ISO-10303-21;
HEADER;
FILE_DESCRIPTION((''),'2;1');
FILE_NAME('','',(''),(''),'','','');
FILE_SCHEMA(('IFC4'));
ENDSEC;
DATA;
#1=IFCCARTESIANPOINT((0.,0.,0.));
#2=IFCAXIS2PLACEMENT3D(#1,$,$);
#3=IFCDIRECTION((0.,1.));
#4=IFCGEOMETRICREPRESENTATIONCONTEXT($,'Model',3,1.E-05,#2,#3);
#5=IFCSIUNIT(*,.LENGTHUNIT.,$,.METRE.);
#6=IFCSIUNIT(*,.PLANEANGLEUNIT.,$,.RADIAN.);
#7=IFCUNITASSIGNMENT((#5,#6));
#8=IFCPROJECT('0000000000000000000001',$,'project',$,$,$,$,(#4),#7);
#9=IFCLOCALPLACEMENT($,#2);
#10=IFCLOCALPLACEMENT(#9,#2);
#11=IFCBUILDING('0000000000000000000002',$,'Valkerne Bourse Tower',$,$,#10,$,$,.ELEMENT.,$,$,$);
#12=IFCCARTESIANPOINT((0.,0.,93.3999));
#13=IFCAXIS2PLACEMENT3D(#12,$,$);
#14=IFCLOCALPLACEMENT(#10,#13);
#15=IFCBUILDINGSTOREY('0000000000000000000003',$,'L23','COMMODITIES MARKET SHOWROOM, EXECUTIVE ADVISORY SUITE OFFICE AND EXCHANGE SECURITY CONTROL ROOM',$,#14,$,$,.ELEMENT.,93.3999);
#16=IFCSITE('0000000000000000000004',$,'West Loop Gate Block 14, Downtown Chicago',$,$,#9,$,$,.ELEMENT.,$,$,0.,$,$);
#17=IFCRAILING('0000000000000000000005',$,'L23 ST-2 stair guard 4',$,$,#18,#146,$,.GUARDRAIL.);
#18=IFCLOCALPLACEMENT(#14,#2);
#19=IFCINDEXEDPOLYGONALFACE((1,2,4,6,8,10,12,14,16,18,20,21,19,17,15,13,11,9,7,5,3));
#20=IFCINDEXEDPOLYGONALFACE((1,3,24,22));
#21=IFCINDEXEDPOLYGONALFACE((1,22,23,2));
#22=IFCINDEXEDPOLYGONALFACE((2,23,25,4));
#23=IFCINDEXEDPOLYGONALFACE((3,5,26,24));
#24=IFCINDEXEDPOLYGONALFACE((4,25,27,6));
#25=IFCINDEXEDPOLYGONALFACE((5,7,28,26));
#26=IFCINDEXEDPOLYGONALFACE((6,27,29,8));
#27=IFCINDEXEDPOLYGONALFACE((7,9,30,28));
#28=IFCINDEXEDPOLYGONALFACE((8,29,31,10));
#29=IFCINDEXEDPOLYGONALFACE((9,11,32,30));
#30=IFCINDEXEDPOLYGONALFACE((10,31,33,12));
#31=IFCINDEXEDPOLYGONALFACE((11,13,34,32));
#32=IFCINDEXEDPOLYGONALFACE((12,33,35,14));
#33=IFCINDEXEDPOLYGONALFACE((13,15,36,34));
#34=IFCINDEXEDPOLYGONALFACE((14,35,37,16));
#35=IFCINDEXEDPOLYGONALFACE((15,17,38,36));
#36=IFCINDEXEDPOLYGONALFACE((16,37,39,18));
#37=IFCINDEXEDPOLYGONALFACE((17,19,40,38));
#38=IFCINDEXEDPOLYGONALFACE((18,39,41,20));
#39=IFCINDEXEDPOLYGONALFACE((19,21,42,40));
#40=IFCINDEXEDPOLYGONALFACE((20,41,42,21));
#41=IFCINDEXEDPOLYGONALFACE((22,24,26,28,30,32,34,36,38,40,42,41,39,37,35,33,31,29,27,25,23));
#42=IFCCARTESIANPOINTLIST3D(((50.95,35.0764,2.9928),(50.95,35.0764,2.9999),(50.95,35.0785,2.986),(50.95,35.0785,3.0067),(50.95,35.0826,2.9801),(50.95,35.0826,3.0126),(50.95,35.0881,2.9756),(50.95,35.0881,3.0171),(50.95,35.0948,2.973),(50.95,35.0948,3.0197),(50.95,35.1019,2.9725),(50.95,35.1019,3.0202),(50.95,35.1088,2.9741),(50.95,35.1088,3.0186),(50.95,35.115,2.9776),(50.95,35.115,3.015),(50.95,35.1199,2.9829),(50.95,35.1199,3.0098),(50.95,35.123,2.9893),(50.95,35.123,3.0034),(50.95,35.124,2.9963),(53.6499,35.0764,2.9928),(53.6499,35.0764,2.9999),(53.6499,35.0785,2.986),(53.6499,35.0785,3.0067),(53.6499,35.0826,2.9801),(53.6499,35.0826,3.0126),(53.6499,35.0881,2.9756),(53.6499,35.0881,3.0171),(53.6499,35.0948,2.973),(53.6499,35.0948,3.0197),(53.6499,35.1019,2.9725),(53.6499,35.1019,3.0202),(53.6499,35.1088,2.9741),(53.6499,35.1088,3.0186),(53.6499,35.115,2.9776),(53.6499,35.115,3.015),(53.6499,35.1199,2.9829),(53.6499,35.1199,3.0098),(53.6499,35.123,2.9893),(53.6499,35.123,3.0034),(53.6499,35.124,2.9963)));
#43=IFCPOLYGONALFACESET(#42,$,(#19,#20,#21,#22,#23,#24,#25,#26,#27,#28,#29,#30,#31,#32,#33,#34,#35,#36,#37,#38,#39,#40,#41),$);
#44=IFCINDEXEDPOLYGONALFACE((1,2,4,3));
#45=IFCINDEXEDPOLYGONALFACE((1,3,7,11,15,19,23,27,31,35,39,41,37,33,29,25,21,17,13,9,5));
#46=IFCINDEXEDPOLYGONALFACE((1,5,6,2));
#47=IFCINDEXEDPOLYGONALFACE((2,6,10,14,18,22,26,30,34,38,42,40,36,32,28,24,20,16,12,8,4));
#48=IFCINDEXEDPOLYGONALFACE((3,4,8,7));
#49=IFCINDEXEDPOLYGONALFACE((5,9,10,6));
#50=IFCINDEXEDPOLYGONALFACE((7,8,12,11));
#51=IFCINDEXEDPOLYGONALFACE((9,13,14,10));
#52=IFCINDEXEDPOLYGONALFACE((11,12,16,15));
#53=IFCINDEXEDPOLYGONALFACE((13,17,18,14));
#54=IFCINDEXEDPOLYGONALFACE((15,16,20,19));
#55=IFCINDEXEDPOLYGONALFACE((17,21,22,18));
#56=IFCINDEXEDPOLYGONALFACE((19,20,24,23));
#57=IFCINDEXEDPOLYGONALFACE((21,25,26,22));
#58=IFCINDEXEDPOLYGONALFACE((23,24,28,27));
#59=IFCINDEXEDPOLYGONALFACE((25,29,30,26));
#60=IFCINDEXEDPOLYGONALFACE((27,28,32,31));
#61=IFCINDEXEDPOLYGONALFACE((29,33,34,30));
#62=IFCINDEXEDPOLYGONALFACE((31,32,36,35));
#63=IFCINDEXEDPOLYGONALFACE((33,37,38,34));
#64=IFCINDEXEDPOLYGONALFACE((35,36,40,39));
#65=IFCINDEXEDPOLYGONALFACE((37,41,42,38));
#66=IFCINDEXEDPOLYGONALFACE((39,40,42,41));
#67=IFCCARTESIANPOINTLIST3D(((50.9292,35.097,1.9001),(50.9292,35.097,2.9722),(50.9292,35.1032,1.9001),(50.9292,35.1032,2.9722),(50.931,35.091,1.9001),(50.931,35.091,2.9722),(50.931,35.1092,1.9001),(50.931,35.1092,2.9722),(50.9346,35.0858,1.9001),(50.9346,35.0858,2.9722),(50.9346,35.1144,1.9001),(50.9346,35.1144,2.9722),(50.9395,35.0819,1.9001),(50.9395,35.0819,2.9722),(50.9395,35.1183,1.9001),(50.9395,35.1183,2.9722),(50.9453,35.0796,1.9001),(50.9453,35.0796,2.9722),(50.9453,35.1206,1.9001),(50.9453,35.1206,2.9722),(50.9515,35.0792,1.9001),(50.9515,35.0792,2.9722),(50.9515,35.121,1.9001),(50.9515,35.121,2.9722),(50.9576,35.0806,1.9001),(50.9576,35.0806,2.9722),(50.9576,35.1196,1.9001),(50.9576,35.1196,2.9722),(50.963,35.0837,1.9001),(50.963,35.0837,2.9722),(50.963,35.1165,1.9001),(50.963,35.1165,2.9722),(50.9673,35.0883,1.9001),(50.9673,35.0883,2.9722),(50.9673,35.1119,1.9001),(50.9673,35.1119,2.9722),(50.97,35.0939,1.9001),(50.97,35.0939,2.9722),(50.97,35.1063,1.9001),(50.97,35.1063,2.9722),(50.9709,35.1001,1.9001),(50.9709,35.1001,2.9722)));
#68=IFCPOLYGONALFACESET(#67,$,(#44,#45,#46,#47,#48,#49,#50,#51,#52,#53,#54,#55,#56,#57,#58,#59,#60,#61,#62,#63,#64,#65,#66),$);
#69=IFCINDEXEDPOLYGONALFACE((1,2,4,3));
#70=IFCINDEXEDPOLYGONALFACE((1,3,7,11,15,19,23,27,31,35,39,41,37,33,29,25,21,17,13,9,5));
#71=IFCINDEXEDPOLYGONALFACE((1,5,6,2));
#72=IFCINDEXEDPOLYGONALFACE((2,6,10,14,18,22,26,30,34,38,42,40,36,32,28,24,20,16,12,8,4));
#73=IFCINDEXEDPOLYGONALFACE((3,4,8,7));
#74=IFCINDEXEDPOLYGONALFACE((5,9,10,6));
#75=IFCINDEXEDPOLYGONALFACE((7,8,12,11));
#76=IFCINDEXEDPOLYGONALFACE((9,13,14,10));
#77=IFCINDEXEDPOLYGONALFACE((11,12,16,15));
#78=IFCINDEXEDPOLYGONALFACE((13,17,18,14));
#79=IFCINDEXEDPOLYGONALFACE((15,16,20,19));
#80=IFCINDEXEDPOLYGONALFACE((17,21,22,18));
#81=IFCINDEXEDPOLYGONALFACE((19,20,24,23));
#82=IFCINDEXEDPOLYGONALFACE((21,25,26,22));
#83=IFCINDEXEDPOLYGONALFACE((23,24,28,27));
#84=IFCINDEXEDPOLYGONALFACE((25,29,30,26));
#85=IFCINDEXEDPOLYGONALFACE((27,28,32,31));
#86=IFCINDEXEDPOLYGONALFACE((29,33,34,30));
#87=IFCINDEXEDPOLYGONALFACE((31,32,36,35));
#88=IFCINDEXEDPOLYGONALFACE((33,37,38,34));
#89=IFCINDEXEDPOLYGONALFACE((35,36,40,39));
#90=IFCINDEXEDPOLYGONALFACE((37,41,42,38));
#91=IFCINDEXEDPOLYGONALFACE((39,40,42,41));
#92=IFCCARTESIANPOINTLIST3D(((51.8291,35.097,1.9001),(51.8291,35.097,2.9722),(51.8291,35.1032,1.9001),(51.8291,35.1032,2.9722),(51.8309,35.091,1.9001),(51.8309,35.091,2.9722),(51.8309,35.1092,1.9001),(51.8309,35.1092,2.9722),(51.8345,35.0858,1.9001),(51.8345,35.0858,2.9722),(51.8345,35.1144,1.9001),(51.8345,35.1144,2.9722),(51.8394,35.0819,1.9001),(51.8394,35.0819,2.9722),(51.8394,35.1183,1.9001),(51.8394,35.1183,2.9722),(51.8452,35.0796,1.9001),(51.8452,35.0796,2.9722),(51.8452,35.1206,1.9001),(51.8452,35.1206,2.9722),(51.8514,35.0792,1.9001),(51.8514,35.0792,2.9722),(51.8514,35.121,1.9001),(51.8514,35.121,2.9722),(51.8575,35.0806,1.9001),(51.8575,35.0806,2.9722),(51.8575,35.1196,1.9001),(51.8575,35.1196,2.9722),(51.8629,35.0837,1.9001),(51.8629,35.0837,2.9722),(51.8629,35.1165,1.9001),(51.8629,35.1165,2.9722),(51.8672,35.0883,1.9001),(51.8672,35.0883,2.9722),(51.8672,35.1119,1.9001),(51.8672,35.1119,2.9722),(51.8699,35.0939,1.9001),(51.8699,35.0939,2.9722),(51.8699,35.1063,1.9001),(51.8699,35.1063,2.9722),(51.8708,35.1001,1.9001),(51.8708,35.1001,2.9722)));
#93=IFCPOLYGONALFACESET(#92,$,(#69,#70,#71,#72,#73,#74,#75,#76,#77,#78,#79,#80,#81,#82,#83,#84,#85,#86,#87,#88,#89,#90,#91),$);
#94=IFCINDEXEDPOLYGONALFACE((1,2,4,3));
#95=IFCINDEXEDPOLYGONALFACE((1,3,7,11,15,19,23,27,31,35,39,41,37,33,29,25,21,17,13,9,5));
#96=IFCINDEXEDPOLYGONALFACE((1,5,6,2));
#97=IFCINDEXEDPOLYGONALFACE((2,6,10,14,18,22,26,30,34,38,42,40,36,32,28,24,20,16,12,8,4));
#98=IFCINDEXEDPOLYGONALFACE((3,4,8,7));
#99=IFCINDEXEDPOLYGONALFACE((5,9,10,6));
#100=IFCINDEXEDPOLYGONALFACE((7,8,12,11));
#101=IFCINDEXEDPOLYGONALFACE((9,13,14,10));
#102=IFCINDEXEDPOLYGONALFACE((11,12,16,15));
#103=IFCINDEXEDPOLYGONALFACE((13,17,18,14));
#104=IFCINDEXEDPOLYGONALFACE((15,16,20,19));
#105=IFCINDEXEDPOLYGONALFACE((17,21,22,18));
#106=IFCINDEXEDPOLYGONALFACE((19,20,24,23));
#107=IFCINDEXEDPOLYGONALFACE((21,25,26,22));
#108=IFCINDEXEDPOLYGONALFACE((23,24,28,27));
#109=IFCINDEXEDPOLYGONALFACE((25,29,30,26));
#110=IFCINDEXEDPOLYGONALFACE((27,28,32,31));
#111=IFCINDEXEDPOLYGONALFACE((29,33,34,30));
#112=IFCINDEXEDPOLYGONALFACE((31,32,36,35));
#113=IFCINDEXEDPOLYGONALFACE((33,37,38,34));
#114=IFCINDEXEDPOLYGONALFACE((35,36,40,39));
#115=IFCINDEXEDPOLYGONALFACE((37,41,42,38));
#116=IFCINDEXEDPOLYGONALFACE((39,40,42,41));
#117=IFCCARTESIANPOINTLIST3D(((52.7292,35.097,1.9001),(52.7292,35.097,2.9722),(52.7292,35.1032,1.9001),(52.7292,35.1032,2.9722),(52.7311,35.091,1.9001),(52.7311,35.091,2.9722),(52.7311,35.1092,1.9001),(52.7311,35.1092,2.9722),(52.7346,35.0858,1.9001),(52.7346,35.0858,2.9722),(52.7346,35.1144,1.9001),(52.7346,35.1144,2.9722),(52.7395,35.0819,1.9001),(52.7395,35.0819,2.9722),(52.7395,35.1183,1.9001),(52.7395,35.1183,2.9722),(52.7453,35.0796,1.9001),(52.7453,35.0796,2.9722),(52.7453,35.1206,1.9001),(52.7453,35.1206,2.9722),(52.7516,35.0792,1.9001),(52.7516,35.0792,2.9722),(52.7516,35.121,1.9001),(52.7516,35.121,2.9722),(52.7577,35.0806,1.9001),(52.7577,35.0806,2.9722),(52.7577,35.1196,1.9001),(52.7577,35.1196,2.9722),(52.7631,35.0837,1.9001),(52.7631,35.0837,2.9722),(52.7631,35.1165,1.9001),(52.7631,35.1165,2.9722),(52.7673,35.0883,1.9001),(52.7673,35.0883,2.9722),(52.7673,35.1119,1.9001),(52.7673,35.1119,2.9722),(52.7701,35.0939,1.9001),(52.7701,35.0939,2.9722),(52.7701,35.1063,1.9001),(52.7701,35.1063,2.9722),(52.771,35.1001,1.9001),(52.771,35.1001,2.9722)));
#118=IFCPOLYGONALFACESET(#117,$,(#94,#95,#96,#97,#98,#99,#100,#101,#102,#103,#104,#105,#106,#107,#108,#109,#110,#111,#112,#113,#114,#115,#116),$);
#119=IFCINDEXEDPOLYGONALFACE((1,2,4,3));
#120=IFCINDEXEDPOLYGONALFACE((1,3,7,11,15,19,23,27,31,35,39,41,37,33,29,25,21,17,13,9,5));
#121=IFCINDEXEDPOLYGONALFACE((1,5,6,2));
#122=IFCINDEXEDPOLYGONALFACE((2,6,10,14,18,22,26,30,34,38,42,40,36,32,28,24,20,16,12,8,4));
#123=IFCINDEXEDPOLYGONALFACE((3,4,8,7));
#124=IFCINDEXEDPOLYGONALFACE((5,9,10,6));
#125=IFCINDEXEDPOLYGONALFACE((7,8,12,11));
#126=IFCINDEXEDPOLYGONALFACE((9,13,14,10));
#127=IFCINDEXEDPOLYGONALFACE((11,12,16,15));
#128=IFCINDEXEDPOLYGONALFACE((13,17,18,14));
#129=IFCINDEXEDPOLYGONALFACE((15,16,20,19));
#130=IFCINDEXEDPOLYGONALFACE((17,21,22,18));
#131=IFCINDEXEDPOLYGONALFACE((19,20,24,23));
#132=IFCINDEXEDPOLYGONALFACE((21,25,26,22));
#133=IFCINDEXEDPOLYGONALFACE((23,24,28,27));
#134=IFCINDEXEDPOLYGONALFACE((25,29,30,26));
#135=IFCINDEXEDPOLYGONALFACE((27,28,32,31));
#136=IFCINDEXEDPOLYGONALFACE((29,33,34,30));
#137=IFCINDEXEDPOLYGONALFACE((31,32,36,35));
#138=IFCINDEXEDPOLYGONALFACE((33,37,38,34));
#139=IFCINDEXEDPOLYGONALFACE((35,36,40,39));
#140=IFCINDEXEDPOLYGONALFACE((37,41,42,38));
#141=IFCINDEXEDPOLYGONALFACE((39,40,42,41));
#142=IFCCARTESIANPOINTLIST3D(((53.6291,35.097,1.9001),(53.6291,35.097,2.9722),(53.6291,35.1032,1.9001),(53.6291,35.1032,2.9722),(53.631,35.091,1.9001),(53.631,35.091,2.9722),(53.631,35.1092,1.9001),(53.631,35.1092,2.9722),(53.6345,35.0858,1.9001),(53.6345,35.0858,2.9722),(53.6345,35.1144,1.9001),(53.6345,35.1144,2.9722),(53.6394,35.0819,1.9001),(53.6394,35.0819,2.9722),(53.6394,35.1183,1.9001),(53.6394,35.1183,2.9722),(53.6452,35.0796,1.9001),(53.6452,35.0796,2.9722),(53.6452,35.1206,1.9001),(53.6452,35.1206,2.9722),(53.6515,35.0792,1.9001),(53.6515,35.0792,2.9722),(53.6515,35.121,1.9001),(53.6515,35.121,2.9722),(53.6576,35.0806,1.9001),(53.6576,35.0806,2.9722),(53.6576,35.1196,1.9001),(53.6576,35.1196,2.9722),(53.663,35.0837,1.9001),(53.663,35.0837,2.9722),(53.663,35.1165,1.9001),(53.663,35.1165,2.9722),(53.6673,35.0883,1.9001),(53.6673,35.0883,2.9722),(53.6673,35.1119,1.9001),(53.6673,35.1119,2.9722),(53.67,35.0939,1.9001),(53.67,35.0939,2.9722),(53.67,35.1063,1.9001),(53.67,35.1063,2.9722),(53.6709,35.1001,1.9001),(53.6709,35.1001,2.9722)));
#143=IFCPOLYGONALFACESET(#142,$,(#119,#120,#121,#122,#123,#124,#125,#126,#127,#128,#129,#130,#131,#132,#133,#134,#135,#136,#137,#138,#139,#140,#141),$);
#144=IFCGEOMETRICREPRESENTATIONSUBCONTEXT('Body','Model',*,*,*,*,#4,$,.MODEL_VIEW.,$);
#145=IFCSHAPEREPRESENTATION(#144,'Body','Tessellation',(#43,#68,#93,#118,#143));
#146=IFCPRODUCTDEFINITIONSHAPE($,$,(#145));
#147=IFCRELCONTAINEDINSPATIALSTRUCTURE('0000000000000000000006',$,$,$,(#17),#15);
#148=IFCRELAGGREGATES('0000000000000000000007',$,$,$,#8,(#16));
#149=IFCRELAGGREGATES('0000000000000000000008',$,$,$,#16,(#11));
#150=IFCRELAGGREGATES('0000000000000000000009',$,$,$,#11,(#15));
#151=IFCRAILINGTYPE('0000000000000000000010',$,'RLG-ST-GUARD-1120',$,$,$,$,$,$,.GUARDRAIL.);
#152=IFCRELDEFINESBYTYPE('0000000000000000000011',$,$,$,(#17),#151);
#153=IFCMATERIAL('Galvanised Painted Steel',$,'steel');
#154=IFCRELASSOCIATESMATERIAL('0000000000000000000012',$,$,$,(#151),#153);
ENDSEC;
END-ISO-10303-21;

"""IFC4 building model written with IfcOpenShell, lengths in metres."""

from ifc_helpers import new_model, si_unit, direction, frame, origin, origin_2d, place, context, subcontext, project, spatial, circle, extrude, material, type_object, element, save


model = new_model("IFC4")

# Units and contexts
model_context = context("Model", 3, precision=1e-05, world=origin(), true_north=direction((0.0, 1.0)))
body_context = subcontext(model_context, "Body", "Model", "MODEL_VIEW")
ifc_project = project(units=[si_unit("LENGTHUNIT", "METRE"), si_unit("PLANEANGLEUNIT", "RADIAN")], contexts=[model_context])

# Site, building, storey
site_placement = place(None, origin())
site = spatial("IfcSite", under=ifc_project, at=site_placement, Name="West Loop Gate Block 14, Downtown Chicago", CompositionType="ELEMENT", RefElevation=0.0)
building_placement = place(site_placement, origin())
building = spatial("IfcBuilding", under=site, at=building_placement, Name="Valkerne Bourse Tower", CompositionType="ELEMENT")
storey_placement = place(building_placement, frame((0.0, 0.0, 93.3999)))
storey = spatial("IfcBuildingStorey", under=building, at=storey_placement, Name="L23", Description="COMMODITIES MARKET SHOWROOM, EXECUTIVE ADVISORY SUITE OFFICE AND EXCHANGE SECURITY CONTROL ROOM", CompositionType="ELEMENT", Elevation=93.3999)

# Shared definitions
ifc_material_1 = material(Name="Galvanised Painted Steel", Category="steel")

# Railing
railing_type_1 = type_object("IfcRailingType", Name="RLG-ST-GUARD-1120", PredefinedType="GUARDRAIL", material=ifc_material_1)
for number, where, name in (
    (1, (50.95, 35.1001, 1.9001), "L23 ST-2 stair guard 4"),
):
    element("IfcRailing", number, at=place(storey_placement, frame(where)), inside=storey, type_object=railing_type_1, Name=name, PredefinedType="GUARDRAIL", context=body_context, shape_type="SweptSolid", body=[
        extrude(circle(Radius=0.0239, at=origin_2d()), frame((0.0, 0.0, 1.0962), z_axis=(1.0, 0.0, 0.0), x_axis=(0.0, 1.0, 0.0)), (0.0, 0.0, 1.0), 2.7),
        extrude(circle(Radius=0.021, at=origin_2d()), origin(), (0.0, 0.0, 1.0), 1.072),
        extrude(circle(Radius=0.021, at=origin_2d()), frame((0.8999, 0.0, 0.0)), (0.0, 0.0, 1.0), 1.072),
        extrude(circle(Radius=0.021, at=origin_2d()), frame((1.8, 0.0, 0.0)), (0.0, 0.0, 1.0), 1.072),
        extrude(circle(Radius=0.021, at=origin_2d()), frame((2.7, 0.0, 0.0)), (0.0, 0.0, 1.0), 1.072),
    ])

save(model, "model.ifc")
